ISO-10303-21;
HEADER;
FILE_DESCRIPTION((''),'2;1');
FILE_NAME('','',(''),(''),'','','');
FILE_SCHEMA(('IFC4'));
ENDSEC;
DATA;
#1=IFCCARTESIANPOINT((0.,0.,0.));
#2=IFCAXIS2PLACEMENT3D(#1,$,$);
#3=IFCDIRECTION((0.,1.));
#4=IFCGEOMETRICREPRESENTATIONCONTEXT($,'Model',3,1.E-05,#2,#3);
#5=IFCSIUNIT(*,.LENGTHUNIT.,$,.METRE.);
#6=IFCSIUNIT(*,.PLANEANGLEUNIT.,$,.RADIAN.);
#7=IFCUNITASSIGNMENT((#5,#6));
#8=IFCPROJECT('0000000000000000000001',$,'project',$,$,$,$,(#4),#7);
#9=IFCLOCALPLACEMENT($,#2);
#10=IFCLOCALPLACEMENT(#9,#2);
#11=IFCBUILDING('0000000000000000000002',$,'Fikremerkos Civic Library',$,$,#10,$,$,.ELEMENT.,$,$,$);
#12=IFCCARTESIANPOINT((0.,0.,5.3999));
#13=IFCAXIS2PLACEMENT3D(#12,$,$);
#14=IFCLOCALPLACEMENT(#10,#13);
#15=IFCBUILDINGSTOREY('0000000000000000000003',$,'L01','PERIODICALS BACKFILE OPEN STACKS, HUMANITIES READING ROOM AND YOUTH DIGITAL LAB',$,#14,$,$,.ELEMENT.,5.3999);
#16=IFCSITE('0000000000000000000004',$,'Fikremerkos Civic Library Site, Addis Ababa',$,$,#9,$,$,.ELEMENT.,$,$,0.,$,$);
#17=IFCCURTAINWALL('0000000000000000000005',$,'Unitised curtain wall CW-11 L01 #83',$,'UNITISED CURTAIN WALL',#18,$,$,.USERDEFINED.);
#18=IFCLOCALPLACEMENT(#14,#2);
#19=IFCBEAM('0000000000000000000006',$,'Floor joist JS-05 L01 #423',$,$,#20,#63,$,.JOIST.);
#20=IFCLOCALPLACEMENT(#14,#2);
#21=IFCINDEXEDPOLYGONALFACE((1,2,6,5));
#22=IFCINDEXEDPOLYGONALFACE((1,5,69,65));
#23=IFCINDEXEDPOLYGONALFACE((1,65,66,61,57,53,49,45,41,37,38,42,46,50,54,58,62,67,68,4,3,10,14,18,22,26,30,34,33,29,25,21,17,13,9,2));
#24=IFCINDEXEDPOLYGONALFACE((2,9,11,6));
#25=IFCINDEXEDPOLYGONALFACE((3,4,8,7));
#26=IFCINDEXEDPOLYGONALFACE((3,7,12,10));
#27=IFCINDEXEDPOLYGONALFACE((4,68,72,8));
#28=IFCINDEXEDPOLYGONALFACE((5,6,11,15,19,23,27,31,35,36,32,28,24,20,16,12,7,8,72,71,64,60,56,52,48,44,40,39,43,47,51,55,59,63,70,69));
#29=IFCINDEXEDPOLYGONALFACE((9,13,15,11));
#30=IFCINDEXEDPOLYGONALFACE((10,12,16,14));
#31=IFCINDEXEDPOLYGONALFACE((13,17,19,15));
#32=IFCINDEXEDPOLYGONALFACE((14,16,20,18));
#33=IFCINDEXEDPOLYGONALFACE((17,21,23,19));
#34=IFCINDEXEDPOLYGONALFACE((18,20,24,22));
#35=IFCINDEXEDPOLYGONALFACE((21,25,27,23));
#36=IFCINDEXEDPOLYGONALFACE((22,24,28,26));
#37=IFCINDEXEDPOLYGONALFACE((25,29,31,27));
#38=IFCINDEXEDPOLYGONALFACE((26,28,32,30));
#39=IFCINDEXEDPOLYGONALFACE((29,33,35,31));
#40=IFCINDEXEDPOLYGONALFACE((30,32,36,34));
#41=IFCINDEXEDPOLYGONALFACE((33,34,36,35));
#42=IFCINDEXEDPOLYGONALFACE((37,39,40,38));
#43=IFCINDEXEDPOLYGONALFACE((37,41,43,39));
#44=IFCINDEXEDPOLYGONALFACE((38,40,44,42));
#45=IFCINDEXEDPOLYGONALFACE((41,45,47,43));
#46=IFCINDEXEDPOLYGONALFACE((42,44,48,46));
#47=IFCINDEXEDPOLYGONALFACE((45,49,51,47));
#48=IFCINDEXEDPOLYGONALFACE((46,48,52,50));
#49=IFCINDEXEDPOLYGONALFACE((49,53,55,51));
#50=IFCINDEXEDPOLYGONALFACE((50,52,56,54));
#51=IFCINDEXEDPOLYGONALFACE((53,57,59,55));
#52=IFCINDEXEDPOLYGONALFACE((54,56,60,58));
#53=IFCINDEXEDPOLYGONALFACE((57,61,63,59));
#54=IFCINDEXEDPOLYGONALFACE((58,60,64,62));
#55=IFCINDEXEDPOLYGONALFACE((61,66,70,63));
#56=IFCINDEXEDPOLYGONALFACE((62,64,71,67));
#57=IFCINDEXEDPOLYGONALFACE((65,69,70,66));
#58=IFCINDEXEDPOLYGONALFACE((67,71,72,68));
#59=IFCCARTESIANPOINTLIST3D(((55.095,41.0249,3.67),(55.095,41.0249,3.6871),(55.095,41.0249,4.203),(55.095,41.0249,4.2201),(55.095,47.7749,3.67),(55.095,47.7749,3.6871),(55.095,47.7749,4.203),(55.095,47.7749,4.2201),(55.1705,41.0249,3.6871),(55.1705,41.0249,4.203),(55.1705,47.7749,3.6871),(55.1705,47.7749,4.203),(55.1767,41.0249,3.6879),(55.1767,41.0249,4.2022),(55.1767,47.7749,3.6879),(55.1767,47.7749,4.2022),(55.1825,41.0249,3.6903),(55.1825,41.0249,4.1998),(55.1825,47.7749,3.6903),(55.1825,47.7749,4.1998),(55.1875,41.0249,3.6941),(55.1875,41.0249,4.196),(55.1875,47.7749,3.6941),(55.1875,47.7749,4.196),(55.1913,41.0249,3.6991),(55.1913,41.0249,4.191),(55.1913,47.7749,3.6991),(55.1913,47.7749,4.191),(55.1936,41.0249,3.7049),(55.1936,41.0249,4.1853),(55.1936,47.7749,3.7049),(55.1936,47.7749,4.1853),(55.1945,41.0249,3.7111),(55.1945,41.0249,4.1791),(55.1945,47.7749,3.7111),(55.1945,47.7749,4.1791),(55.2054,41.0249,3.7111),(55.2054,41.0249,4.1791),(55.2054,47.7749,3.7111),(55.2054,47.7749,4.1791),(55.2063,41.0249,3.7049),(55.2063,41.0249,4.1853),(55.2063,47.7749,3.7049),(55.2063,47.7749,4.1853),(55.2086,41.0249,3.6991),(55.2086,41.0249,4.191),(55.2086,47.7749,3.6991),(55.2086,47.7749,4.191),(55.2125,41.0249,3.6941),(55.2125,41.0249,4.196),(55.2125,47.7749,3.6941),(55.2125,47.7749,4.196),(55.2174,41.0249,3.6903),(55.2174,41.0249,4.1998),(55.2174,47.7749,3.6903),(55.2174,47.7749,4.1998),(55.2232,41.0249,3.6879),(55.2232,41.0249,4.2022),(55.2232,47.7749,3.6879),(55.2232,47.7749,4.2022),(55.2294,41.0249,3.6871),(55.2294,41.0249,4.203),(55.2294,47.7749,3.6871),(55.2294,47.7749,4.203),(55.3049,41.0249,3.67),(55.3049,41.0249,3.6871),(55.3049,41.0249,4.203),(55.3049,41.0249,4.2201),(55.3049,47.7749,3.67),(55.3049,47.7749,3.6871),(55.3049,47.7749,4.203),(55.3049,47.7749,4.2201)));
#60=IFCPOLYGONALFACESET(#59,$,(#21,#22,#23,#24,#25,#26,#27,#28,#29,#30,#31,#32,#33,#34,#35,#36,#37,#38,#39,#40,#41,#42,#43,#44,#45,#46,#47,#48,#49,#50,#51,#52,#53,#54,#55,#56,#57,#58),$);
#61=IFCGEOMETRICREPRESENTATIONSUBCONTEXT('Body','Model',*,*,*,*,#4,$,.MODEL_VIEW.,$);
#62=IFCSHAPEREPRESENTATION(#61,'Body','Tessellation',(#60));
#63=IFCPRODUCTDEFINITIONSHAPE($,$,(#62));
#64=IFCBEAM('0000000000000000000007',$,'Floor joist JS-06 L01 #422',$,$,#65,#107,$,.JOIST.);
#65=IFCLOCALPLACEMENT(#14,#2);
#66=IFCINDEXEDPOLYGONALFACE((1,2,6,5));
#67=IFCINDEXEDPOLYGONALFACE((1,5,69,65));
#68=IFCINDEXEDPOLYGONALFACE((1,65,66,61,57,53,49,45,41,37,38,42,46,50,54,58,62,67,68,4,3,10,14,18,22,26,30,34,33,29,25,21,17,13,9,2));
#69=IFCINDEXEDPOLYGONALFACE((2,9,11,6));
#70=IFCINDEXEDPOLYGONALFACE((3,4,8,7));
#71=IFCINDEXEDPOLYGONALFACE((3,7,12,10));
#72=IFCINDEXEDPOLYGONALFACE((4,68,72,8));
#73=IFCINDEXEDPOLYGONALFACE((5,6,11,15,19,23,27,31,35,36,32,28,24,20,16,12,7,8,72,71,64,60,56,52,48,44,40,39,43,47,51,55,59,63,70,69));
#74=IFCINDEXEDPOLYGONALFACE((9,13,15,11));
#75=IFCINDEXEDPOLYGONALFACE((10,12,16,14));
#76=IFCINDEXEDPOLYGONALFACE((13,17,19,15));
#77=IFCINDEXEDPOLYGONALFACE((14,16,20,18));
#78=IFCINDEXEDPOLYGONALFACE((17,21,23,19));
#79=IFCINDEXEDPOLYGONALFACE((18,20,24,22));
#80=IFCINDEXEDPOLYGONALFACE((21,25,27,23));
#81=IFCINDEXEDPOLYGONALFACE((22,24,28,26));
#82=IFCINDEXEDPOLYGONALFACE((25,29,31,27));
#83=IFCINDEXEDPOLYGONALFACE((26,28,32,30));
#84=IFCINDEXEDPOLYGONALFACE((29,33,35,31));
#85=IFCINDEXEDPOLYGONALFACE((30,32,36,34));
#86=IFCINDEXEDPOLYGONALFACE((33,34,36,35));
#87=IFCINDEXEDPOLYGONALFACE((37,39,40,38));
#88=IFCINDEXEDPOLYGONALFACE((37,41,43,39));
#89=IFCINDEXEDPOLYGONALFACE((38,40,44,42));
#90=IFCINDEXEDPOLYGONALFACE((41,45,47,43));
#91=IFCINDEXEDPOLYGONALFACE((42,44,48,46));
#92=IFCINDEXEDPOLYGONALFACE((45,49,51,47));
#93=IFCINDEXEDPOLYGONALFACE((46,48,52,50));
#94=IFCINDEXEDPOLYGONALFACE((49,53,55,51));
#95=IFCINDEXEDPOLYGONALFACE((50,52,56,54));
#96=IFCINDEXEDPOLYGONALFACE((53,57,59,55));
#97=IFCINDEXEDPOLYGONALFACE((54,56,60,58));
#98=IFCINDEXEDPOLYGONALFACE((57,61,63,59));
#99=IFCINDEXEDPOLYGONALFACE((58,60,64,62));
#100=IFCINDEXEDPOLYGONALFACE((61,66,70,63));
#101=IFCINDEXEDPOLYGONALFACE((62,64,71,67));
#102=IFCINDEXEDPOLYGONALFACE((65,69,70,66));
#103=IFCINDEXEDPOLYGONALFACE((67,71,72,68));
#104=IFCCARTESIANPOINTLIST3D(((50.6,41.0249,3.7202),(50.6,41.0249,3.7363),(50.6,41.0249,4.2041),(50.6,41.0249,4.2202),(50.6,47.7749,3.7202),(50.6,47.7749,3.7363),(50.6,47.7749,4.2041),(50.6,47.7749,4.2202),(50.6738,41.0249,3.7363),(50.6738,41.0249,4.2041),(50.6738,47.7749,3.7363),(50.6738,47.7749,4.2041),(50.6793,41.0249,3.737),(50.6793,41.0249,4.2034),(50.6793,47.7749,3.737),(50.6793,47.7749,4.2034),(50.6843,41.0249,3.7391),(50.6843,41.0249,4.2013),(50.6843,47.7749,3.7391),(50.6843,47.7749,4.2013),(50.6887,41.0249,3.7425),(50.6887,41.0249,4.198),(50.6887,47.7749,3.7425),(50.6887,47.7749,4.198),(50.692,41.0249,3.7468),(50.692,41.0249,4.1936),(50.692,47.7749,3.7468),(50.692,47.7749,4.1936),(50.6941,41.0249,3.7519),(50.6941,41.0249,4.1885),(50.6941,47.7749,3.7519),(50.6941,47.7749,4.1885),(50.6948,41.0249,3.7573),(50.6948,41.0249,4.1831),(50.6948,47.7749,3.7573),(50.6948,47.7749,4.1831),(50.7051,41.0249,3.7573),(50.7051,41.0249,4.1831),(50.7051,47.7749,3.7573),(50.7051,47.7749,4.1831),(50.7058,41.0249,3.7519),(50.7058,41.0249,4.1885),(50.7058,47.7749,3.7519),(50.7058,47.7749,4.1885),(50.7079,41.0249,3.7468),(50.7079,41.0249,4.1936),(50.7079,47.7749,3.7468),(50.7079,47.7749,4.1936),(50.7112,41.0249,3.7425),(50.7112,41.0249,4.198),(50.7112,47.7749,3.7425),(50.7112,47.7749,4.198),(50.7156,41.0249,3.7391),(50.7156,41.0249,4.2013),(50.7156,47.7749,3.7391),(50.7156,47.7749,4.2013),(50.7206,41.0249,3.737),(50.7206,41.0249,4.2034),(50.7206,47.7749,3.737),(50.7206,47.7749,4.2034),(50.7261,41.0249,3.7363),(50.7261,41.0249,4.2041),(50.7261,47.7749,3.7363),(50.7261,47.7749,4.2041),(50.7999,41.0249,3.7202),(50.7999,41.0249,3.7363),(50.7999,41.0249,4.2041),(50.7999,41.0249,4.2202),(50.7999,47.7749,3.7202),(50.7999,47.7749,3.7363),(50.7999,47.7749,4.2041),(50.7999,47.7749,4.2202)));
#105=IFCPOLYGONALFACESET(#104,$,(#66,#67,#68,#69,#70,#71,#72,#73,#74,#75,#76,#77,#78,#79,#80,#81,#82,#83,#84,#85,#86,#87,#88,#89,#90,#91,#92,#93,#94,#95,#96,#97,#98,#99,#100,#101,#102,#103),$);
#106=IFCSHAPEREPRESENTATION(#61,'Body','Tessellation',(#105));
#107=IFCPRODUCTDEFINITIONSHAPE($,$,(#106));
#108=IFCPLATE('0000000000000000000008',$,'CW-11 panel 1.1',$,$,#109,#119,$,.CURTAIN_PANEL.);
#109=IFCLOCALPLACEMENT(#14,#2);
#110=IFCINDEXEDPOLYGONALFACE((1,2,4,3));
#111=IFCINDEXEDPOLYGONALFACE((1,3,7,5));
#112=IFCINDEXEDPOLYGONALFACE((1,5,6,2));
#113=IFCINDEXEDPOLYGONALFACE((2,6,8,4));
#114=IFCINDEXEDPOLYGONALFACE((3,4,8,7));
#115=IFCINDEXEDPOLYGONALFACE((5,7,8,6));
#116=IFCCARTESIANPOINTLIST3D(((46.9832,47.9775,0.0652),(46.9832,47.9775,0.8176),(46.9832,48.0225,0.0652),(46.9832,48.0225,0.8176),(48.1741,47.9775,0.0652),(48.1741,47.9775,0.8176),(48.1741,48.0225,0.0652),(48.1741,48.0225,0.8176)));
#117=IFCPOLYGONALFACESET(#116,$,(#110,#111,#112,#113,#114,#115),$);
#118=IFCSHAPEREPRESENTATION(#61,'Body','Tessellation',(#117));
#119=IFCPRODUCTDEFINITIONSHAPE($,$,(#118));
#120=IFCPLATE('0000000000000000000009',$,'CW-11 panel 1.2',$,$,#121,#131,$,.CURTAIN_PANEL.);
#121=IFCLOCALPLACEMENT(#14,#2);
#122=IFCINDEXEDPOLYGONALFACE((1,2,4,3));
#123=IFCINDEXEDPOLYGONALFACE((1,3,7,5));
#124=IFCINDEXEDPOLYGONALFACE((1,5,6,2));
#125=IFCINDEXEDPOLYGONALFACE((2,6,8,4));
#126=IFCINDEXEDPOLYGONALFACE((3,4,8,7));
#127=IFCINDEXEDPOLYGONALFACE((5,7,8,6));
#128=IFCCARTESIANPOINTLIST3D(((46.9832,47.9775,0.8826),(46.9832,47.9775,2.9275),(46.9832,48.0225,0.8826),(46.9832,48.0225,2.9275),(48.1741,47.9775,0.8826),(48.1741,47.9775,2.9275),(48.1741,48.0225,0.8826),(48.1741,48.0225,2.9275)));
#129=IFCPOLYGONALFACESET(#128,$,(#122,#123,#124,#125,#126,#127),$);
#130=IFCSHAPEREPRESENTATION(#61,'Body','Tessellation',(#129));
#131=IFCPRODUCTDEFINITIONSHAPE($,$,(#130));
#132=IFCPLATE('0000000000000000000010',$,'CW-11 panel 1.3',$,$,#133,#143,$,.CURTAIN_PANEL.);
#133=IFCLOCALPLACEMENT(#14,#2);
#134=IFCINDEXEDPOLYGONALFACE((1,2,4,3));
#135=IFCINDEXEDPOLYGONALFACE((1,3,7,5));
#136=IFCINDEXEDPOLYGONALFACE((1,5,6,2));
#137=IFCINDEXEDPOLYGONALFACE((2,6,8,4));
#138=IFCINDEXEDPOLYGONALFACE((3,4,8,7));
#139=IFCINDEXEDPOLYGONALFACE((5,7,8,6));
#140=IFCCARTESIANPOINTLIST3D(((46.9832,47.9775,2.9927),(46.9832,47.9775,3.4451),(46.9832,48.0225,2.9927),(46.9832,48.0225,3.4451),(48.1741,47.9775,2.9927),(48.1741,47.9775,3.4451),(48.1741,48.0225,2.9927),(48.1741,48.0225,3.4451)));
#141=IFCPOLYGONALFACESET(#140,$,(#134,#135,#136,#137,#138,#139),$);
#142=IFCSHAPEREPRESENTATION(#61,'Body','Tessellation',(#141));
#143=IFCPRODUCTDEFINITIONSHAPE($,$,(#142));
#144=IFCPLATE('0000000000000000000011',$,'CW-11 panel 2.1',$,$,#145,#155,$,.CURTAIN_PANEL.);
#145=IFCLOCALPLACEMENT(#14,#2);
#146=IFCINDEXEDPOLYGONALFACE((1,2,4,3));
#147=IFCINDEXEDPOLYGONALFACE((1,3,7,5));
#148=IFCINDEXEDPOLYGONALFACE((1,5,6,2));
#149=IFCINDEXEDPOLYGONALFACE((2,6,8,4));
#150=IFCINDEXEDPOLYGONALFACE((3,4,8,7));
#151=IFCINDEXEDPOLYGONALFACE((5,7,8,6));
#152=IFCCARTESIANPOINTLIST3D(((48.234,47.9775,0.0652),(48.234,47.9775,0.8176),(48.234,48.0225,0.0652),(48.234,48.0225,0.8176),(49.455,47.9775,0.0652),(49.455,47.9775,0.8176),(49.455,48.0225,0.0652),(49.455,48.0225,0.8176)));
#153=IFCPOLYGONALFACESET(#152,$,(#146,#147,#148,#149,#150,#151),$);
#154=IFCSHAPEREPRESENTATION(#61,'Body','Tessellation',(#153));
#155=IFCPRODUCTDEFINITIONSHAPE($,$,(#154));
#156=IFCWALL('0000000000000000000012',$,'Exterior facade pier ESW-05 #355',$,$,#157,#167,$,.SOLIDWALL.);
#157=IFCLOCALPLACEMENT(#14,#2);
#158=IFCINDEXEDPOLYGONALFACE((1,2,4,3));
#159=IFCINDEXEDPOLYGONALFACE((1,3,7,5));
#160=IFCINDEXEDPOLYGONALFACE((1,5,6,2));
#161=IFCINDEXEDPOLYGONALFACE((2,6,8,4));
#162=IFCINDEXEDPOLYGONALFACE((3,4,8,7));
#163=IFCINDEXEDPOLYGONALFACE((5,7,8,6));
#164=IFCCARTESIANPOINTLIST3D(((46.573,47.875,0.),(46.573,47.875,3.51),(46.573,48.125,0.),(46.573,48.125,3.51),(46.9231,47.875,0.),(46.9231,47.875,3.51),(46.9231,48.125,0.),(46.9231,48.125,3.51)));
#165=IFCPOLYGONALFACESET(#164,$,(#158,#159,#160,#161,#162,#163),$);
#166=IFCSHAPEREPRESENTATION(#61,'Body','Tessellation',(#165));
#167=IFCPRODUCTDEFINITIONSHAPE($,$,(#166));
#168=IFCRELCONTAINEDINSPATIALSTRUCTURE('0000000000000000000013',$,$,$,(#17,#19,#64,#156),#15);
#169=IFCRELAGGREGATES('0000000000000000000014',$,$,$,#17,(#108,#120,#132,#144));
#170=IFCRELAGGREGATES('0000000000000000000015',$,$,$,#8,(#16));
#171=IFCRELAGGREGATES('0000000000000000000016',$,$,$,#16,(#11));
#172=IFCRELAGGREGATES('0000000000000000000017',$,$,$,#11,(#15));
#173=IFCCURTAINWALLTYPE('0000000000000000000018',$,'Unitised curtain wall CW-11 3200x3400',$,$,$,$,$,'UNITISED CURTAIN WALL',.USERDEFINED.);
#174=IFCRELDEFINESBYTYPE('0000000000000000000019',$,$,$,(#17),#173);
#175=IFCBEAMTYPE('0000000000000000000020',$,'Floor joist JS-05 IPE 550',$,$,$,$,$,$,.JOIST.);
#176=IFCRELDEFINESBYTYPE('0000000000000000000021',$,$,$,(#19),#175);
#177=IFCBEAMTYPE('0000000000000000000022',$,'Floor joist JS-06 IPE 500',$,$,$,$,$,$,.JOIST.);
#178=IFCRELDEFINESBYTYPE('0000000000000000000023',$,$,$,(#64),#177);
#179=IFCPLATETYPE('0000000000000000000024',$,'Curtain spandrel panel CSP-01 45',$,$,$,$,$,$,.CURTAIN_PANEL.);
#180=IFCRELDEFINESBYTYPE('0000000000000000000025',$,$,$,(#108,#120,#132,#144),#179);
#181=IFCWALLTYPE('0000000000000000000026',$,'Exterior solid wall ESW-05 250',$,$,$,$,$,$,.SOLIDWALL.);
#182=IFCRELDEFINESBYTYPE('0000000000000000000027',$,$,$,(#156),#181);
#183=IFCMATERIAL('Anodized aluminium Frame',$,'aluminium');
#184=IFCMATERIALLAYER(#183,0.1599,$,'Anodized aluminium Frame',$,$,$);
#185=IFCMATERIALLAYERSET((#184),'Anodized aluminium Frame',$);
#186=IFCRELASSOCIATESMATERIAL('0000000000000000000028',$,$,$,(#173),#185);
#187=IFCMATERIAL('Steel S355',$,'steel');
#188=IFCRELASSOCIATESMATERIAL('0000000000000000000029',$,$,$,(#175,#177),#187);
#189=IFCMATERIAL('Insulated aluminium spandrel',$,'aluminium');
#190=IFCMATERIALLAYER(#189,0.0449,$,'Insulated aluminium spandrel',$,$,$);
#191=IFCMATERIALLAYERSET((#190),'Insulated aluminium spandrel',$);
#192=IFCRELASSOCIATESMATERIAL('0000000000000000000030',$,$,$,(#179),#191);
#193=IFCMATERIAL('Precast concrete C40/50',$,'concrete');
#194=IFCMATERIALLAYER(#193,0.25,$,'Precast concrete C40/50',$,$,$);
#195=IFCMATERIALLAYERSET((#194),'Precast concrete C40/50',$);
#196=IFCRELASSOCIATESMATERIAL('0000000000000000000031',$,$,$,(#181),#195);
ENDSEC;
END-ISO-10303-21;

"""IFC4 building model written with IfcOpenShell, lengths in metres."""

from ifc_helpers import new_model, si_unit, direction, frame, frame_2d, origin, origin_2d, place, context, subcontext, project, spatial, rectangle, i_section, extrude, material, layer, layer_set, material_profile, profile_set, type_object, element, aggregate, save


model = new_model("IFC4")

# Units and contexts
model_context = context("Model", 3, precision=1e-05, world=origin(), true_north=direction((0.0, 1.0)))
body_context = subcontext(model_context, "Body", "Model", "MODEL_VIEW")
ifc_project = project(units=[si_unit("LENGTHUNIT", "METRE"), si_unit("PLANEANGLEUNIT", "RADIAN")], contexts=[model_context])

# Site, building, storey
site_placement = place(None, origin())
site = spatial("IfcSite", under=ifc_project, at=site_placement, Name="Fikremerkos Civic Library Site, Addis Ababa", CompositionType="ELEMENT", RefElevation=0.0)
building_placement = place(site_placement, origin())
building = spatial("IfcBuilding", under=site, at=building_placement, Name="Fikremerkos Civic Library", CompositionType="ELEMENT")
storey_placement = place(building_placement, frame((0.0, 0.0, 5.3999)))
storey = spatial("IfcBuildingStorey", under=building, at=storey_placement, Name="L01", Description="PERIODICALS BACKFILE OPEN STACKS, HUMANITIES READING ROOM AND YOUTH DIGITAL LAB", CompositionType="ELEMENT", Elevation=5.3999)

# Curtain wall
ifc_material_1 = material(Name="Anodized aluminium Frame", Category="aluminium")
ifc_layer_1 = layer(ifc_material_1, 0.1599, Name="Anodized aluminium Frame")
ifc_layer_set_1 = layer_set([ifc_layer_1], Name="Anodized aluminium Frame")
curtain_wall_type = type_object("IfcCurtainWallType", Name="Unitised curtain wall CW-11 3200x3400", ElementType="UNITISED CURTAIN WALL", PredefinedType="USERDEFINED", material=ifc_layer_set_1)
curtain_wall_placement = place(storey_placement, origin())
curtain_wall = element("IfcCurtainWall", 1, at=curtain_wall_placement, inside=storey, type_object=curtain_wall_type, Name="Unitised curtain wall CW-11 L01 #83", ObjectType="UNITISED CURTAIN WALL", PredefinedType="USERDEFINED")

# Beams
ifc_material_2 = material(Name="Steel S355", Category="steel")
ifc_material_profile_1 = material_profile(ifc_material_2, i_section(OverallWidth=0.21, OverallDepth=0.55, WebThickness=0.011, FlangeThickness=0.0171, FilletRadius=0.0239, at=origin_2d()), Name="IPE 550")
ifc_profile_set_1 = profile_set([ifc_material_profile_1], Name="Steel S355")
beam_type_1 = type_object("IfcBeamType", Name="Floor joist JS-05 IPE 550", PredefinedType="JOIST", material=ifc_profile_set_1)
beam_1_placement = place(storey_placement, frame((55.2, 41.0249, 3.9451), z_axis=(0.0, 1.0, 0.0), x_axis=(-1.0, 0.0, 0.0)))
element("IfcBeam", 2, at=beam_1_placement, inside=storey, type_object=beam_type_1, Name="Floor joist JS-05 L01 #423", PredefinedType="JOIST", context=body_context, shape_type="SweptSolid", body=[
    extrude(i_section(OverallWidth=0.21, OverallDepth=0.55, WebThickness=0.011, FlangeThickness=0.0171, FilletRadius=0.0239, at=origin_2d()), origin(), (0.0, 0.0, 1.0), 6.75),
])
ifc_material_profile_2 = material_profile(ifc_material_2, i_section(OverallWidth=0.2, OverallDepth=0.5, WebThickness=0.0103, FlangeThickness=0.0161, FilletRadius=0.021, at=origin_2d()), Name="IPE 500")
ifc_profile_set_2 = profile_set([ifc_material_profile_2], Name="Steel S355")
beam_type_2 = type_object("IfcBeamType", Name="Floor joist JS-06 IPE 500", PredefinedType="JOIST", material=ifc_profile_set_2)
beam_2_placement = place(storey_placement, frame((50.7, 41.0249, 3.9702), z_axis=(0.0, 1.0, 0.0), x_axis=(-1.0, 0.0, 0.0)))
element("IfcBeam", 3, at=beam_2_placement, inside=storey, type_object=beam_type_2, Name="Floor joist JS-06 L01 #422", PredefinedType="JOIST", context=body_context, shape_type="SweptSolid", body=[
    extrude(i_section(OverallWidth=0.2, OverallDepth=0.5, WebThickness=0.0103, FlangeThickness=0.0161, FilletRadius=0.021, at=origin_2d()), origin(), (0.0, 0.0, 1.0), 6.75),
])

# Plates
ifc_material_3 = material(Name="Insulated aluminium spandrel", Category="aluminium")
ifc_layer_2 = layer(ifc_material_3, 0.0449, Name="Insulated aluminium spandrel")
ifc_layer_set_2 = layer_set([ifc_layer_2], Name="Insulated aluminium spandrel")
plate_type = type_object("IfcPlateType", Name="Curtain spandrel panel CSP-01 45", PredefinedType="CURTAIN_PANEL", material=ifc_layer_set_2)
plate_1_placement = place(storey_placement, frame((47.5786, 48.0, 0.0652), z_axis=(0.0, 0.0, 1.0), x_axis=(1.0, 0.0, 0.0)))
plate_1 = element("IfcPlate", 4, at=plate_1_placement, type_object=plate_type, Name="CW-11 panel 1.1", PredefinedType="CURTAIN_PANEL", context=body_context, shape_type="SweptSolid", body=[
    extrude(rectangle(XDim=1.1909, YDim=0.0449, at=origin_2d()), origin(), (0.0, 0.0, 1.0), 0.7524),
])
plate_2_placement = place(storey_placement, frame((47.5786, 48.0, 0.8826), z_axis=(0.0, 0.0, 1.0), x_axis=(1.0, 0.0, 0.0)))
plate_2 = element("IfcPlate", 5, at=plate_2_placement, type_object=plate_type, Name="CW-11 panel 1.2", PredefinedType="CURTAIN_PANEL", context=body_context, shape_type="SweptSolid", body=[
    extrude(rectangle(XDim=1.1909, YDim=0.0449, at=origin_2d()), origin(), (0.0, 0.0, 1.0), 2.0449),
])
plate_3_placement = place(storey_placement, frame((47.5786, 48.0, 2.9927), z_axis=(0.0, 0.0, 1.0), x_axis=(1.0, 0.0, 0.0)))
plate_3 = element("IfcPlate", 6, at=plate_3_placement, type_object=plate_type, Name="CW-11 panel 1.3", PredefinedType="CURTAIN_PANEL", context=body_context, shape_type="SweptSolid", body=[
    extrude(rectangle(XDim=1.1909, YDim=0.0449, at=origin_2d()), origin(), (0.0, 0.0, 1.0), 0.4524),
])
plate_4_placement = place(storey_placement, frame((48.8445, 48.0, 0.0652), z_axis=(0.0, 0.0, 1.0), x_axis=(1.0, 0.0, 0.0)))
plate_4 = element("IfcPlate", 7, at=plate_4_placement, type_object=plate_type, Name="CW-11 panel 2.1", PredefinedType="CURTAIN_PANEL", context=body_context, shape_type="SweptSolid", body=[
    extrude(rectangle(XDim=1.2209, YDim=0.0449, at=origin_2d()), origin(), (0.0, 0.0, 1.0), 0.7524),
])
aggregate(curtain_wall, [plate_1, plate_2, plate_3, plate_4])

# Wall
ifc_material_4 = material(Name="Precast concrete C40/50", Category="concrete")
ifc_layer_3 = layer(ifc_material_4, 0.25, Name="Precast concrete C40/50")
ifc_layer_set_3 = layer_set([ifc_layer_3], Name="Precast concrete C40/50")
wall_type_1 = type_object("IfcWallType", Name="Exterior solid wall ESW-05 250", PredefinedType="SOLIDWALL", material=ifc_layer_set_3)
wall_1_placement = place(storey_placement, frame((46.573, 48.0, 0.0), z_axis=(0.0, 0.0, 1.0), x_axis=(1.0, 0.0, 0.0)))
element("IfcWall", 8, at=wall_1_placement, inside=storey, type_object=wall_type_1, Name="Exterior facade pier ESW-05 #355", PredefinedType="SOLIDWALL", context=body_context, shape_type="SweptSolid", body=[
    extrude(rectangle(XDim=0.3501, YDim=0.25, at=frame_2d((0.175, 0.0))), origin(), (0.0, 0.0, 1.0), 3.51),
])

save(model, "model.ifc")
